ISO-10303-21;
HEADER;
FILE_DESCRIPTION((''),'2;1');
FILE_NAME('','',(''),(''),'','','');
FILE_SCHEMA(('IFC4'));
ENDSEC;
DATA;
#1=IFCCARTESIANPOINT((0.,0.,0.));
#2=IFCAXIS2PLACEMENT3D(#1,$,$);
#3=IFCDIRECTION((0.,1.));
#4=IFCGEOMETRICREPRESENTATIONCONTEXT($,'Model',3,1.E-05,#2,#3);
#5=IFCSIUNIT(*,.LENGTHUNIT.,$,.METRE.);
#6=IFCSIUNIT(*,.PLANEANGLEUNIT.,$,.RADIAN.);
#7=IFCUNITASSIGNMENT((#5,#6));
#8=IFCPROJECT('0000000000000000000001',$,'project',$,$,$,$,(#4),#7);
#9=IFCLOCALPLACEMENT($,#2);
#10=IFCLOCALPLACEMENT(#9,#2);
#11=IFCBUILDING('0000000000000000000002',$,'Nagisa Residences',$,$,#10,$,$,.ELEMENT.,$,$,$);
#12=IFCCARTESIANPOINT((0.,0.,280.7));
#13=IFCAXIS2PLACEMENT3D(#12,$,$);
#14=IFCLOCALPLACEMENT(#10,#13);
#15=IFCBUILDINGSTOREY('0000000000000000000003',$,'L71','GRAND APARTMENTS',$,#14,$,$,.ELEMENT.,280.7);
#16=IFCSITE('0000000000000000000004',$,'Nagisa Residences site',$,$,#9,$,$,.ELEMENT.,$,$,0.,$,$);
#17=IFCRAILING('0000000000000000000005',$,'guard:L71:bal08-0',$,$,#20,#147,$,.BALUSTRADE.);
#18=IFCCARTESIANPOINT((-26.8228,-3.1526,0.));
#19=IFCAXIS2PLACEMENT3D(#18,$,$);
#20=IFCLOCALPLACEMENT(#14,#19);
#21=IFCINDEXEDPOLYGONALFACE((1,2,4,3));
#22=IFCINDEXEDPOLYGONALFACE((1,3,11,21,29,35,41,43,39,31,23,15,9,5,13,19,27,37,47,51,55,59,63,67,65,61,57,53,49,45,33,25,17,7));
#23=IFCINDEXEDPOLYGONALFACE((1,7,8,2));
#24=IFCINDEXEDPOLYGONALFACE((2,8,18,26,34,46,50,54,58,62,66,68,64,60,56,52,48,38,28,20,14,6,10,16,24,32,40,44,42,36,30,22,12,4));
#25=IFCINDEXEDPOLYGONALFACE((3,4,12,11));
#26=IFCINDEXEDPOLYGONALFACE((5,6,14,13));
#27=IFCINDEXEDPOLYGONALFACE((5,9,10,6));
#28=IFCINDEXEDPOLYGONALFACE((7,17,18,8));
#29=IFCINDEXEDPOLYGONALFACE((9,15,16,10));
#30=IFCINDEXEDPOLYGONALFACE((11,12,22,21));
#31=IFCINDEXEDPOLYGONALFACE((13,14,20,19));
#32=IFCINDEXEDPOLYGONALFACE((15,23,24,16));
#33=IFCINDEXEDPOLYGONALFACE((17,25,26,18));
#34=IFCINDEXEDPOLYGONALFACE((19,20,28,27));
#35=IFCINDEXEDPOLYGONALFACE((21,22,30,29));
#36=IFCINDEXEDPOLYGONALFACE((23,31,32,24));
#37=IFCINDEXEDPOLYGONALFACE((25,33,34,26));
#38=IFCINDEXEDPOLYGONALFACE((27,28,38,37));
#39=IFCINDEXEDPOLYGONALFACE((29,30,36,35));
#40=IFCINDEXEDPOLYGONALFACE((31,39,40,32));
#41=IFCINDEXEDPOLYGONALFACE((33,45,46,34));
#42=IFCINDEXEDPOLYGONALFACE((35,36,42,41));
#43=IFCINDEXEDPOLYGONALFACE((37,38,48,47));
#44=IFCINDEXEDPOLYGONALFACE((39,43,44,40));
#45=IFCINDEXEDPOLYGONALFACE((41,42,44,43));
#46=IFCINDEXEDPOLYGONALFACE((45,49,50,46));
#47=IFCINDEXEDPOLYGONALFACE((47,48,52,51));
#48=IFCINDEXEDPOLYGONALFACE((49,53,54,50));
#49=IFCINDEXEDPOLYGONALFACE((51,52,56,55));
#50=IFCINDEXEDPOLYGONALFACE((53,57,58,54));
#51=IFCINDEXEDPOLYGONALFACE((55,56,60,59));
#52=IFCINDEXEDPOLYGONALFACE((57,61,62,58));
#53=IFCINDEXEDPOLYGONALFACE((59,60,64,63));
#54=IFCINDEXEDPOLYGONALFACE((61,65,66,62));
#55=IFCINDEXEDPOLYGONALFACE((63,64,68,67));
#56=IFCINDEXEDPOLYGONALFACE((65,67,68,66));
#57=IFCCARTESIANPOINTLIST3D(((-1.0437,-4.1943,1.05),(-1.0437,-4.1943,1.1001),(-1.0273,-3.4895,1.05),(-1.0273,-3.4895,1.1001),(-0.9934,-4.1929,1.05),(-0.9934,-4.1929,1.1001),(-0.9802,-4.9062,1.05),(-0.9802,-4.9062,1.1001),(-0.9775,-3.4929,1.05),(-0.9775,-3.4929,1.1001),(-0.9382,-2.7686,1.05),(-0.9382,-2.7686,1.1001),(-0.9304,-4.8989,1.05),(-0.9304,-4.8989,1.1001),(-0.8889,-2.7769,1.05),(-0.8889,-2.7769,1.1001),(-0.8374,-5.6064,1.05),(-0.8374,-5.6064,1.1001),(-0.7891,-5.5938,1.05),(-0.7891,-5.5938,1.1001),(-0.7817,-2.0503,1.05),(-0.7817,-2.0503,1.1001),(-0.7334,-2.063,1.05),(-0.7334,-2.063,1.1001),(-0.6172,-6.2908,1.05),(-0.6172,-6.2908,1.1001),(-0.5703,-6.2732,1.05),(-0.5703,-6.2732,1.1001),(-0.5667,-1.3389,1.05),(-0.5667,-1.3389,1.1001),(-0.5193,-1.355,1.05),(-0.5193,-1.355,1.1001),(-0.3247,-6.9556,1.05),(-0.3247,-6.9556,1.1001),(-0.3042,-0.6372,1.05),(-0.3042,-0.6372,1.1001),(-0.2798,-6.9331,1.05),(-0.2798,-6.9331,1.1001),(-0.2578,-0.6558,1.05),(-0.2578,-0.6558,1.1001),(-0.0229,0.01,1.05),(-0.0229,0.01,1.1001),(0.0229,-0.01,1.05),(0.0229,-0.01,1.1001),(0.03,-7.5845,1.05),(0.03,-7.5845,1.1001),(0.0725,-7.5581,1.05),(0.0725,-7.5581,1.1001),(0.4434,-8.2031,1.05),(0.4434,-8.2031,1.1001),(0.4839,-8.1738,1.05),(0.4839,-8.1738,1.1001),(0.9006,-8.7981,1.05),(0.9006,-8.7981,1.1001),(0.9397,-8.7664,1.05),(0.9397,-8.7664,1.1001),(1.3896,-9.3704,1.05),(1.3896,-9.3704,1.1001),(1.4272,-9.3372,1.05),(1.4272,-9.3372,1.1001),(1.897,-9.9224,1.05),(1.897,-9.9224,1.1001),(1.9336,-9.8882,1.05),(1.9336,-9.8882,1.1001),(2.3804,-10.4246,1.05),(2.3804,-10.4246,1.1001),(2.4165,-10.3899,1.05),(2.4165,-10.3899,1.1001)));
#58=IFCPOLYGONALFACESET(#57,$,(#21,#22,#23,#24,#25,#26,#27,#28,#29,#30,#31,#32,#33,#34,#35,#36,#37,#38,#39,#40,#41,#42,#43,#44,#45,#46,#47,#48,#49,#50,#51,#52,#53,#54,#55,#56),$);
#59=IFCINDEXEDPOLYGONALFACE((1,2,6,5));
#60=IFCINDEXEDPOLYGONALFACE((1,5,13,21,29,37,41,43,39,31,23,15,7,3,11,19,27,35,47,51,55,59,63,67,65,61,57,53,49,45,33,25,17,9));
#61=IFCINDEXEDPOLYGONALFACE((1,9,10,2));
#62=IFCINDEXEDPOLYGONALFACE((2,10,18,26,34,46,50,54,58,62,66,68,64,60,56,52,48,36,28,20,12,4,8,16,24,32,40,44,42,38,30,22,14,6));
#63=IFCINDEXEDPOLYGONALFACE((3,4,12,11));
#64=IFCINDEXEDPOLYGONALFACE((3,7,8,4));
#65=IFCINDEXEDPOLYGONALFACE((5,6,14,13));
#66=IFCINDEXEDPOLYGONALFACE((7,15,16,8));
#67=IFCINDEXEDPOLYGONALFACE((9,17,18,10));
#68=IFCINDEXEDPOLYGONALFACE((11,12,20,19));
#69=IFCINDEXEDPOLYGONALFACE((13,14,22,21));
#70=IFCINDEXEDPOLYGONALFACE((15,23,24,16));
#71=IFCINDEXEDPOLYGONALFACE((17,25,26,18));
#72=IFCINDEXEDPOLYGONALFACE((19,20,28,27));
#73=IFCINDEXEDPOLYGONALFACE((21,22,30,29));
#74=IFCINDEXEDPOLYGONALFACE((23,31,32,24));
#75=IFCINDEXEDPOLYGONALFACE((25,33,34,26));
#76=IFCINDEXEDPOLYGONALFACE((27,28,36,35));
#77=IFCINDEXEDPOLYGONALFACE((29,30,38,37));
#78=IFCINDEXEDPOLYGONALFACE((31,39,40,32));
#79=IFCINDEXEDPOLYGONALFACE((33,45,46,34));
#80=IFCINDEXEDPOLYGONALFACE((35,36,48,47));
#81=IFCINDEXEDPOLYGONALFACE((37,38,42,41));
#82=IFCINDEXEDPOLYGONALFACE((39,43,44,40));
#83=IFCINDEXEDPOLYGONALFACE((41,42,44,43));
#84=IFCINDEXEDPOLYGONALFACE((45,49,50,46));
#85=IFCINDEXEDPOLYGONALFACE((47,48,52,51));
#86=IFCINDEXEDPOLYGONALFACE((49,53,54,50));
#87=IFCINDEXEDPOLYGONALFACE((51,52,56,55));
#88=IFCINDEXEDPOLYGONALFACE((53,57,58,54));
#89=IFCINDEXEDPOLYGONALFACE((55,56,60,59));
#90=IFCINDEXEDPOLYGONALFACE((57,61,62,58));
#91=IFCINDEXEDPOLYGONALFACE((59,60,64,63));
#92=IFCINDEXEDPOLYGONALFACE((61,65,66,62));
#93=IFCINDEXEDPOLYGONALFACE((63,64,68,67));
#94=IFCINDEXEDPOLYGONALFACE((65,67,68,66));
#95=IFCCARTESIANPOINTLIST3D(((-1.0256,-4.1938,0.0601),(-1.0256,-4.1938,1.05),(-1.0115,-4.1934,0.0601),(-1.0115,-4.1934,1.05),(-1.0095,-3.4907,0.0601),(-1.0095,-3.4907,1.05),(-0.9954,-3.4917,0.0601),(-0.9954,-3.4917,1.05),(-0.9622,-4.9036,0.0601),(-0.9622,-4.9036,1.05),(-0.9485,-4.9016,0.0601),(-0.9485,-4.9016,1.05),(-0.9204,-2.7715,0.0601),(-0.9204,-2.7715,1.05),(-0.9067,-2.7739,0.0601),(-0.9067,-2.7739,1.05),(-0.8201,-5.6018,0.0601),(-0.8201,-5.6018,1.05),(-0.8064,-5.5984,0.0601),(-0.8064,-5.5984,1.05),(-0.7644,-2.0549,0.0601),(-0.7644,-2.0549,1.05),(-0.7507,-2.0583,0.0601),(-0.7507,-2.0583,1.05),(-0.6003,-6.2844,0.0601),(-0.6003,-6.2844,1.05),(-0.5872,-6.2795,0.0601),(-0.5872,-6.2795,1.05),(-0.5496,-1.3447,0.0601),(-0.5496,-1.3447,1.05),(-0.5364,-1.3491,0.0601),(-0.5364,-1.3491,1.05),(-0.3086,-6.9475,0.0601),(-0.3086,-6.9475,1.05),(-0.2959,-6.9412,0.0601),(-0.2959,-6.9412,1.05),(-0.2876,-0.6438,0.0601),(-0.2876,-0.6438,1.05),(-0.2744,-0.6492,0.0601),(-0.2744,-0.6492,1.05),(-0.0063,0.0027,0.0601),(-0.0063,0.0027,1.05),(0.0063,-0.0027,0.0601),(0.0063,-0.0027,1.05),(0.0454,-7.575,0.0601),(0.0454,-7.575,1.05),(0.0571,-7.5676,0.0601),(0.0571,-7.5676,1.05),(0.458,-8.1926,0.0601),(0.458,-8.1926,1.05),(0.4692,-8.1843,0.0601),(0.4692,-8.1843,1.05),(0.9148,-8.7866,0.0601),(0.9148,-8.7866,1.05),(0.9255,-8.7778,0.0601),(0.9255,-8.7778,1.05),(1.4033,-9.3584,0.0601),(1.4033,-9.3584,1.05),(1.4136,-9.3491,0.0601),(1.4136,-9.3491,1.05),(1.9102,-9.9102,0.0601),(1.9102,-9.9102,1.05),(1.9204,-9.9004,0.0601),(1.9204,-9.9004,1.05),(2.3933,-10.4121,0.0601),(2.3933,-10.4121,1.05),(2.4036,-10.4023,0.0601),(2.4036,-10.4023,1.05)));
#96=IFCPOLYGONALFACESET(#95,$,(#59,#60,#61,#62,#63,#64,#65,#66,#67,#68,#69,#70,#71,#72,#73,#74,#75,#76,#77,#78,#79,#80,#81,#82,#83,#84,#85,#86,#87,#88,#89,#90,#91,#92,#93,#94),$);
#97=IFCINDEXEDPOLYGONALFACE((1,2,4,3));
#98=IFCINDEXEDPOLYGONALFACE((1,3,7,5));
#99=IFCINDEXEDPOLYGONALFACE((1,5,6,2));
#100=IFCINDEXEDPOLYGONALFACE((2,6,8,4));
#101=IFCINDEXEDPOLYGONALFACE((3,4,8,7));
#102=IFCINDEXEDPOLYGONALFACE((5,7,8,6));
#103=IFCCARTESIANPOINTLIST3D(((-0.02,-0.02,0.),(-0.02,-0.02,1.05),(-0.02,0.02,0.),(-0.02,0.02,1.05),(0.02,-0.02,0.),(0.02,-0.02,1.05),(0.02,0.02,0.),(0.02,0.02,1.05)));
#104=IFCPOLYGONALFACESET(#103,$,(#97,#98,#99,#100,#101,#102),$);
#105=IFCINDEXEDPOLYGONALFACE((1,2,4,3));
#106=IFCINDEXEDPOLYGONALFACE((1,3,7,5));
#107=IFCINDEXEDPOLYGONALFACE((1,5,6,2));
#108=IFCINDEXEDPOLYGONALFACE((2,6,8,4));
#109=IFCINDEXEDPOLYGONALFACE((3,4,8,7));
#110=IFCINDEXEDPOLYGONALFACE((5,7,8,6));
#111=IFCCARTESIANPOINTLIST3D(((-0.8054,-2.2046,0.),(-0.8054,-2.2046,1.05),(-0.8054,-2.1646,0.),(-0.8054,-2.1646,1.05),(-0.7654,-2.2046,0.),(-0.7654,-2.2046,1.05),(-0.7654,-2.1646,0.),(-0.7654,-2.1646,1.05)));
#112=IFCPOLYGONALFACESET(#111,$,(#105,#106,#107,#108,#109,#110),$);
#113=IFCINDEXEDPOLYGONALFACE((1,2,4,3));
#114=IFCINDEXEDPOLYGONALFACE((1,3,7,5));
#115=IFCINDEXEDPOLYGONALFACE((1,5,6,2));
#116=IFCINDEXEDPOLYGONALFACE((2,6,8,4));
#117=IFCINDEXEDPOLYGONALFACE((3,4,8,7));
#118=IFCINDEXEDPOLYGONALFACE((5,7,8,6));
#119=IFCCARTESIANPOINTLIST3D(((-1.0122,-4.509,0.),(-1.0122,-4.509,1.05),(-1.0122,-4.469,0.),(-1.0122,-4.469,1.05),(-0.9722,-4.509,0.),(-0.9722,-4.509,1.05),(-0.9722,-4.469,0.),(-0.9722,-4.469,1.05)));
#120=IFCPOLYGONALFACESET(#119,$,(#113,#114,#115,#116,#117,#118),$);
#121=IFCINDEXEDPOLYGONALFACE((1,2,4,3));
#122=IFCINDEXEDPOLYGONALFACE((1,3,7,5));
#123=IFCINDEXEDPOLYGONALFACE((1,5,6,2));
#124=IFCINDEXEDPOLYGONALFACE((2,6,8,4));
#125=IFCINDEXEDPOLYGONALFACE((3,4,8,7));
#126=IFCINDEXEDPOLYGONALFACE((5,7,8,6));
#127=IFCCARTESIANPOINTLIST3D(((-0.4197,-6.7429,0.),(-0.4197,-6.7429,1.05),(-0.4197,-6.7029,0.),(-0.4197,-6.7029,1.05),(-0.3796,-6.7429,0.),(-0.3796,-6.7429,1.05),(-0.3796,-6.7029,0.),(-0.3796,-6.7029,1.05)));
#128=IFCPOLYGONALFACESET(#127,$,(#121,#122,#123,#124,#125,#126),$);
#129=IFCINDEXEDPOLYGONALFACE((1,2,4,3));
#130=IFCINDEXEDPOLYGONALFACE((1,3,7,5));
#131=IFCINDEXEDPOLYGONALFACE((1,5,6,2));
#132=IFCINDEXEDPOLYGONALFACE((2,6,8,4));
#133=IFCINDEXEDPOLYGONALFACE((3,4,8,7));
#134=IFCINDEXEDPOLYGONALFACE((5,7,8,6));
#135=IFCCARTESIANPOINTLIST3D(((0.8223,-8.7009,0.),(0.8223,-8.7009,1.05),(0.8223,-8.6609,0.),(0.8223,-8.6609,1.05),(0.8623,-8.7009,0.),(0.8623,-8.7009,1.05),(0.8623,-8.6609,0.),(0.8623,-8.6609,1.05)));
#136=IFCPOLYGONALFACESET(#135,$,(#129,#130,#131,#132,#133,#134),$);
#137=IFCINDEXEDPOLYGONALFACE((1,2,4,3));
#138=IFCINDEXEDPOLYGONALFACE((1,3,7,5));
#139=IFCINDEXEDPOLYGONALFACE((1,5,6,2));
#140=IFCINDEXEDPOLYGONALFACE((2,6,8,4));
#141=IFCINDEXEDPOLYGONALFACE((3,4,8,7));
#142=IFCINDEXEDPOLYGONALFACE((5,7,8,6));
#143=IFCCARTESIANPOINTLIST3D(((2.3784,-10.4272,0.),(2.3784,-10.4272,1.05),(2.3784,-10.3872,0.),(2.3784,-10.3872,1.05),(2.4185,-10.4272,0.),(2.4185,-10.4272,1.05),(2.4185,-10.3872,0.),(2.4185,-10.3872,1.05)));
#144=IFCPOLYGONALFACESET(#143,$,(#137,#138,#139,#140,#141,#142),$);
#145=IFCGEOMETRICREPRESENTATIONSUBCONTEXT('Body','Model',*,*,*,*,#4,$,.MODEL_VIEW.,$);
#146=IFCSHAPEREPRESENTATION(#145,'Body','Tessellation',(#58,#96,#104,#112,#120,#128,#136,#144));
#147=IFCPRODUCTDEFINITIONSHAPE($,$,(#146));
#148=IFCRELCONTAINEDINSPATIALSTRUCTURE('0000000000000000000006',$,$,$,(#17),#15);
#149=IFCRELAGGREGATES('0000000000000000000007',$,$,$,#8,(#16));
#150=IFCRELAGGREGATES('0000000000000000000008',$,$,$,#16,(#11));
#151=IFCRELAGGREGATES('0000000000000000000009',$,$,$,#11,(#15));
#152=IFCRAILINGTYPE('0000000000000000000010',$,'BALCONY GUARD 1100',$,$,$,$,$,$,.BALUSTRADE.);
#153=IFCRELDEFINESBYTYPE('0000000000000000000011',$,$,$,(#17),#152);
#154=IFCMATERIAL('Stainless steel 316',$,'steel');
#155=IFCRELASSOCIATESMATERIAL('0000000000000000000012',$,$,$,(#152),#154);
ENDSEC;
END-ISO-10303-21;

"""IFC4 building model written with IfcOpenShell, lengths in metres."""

from ifc_helpers import new_model, si_unit, direction, frame, origin, origin_2d, place, context, subcontext, project, spatial, polyline, rectangle, outline, extrude, material, type_object, element, save


model = new_model("IFC4")

# Units and contexts
model_context = context("Model", 3, precision=1e-05, world=origin(), true_north=direction((0.0, 1.0)))
body_context = subcontext(model_context, "Body", "Model", "MODEL_VIEW")
ifc_project = project(units=[si_unit("LENGTHUNIT", "METRE"), si_unit("PLANEANGLEUNIT", "RADIAN")], contexts=[model_context])

# Site, building, storey
site_placement = place(None, origin())
site = spatial("IfcSite", under=ifc_project, at=site_placement, Name="Nagisa Residences site", CompositionType="ELEMENT", RefElevation=0.0)
building_placement = place(site_placement, origin())
building = spatial("IfcBuilding", under=site, at=building_placement, Name="Nagisa Residences", CompositionType="ELEMENT")
storey_placement = place(building_placement, frame((0.0, 0.0, 280.7)))
storey = spatial("IfcBuildingStorey", under=building, at=storey_placement, Name="L71", Description="GRAND APARTMENTS", CompositionType="ELEMENT", Elevation=280.7)

# Railing
ifc_material_1 = material(Name="Stainless steel 316", Category="steel")
railing_type = type_object("IfcRailingType", Name="BALCONY GUARD 1100", PredefinedType="BALUSTRADE", material=ifc_material_1)
railing_1_placement = place(storey_placement, frame((-26.8228, -3.1526, 0.0)))
element("IfcRailing", 1, at=railing_1_placement, inside=storey, type_object=railing_type, Name="guard:L71:bal08-0", PredefinedType="BALUSTRADE", context=body_context, shape_type="SweptSolid", body=[
    extrude(outline(polyline([(-0.2578, -0.6558), (0.0229, -0.01), (-0.0229, 0.01), (-0.3042, -0.6372), (-0.5667, -1.3389), (-0.7817, -2.0503), (-0.9382, -2.7686), (-1.0273, -3.4895), (-1.0437, -4.1943), (-0.9802, -4.9062), (-0.8374, -5.6064), (-0.6172, -6.2908), (-0.3247, -6.9556), (0.03, -7.5845), (0.4434, -8.2031), (0.9006, -8.7981), (1.3896, -9.3704), (1.897, -9.9224), (2.3804, -10.4246), (2.4165, -10.3899), (1.9336, -9.8882), (1.4272, -9.3372), (0.9397, -8.7664), (0.4839, -8.1738), (0.0725, -7.5581), (-0.2798, -6.9331), (-0.5703, -6.2732), (-0.7891, -5.5938), (-0.9304, -4.8989), (-0.9934, -4.1929), (-0.9775, -3.4929), (-0.8889, -2.7769), (-0.7334, -2.063), (-0.5193, -1.355), (-0.2578, -0.6558)])), frame((0.0, 0.0, 1.05)), (0.0, 0.0, 1.0), 0.05),
    extrude(outline(polyline([(-0.2744, -0.6492), (0.0063, -0.0027), (-0.0063, 0.0027), (-0.2876, -0.6438), (-0.5496, -1.3447), (-0.7644, -2.0549), (-0.9204, -2.7715), (-1.0095, -3.4907), (-1.0256, -4.1938), (-0.9622, -4.9036), (-0.8201, -5.6018), (-0.6003, -6.2844), (-0.3086, -6.9475), (0.0454, -7.575), (0.458, -8.1926), (0.9148, -8.7866), (1.4033, -9.3584), (1.9102, -9.9102), (2.3933, -10.4121), (2.4036, -10.4023), (1.9204, -9.9004), (1.4136, -9.3491), (0.9255, -8.7778), (0.4692, -8.1843), (0.0571, -7.5676), (-0.2959, -6.9412), (-0.5872, -6.2795), (-0.8064, -5.5984), (-0.9485, -4.9016), (-1.0115, -4.1934), (-0.9954, -3.4917), (-0.9067, -2.7739), (-0.7507, -2.0583), (-0.5364, -1.3491), (-0.2744, -0.6492)])), frame((0.0, 0.0, 0.0601)), (0.0, 0.0, 1.0), 0.99),
    extrude(rectangle(XDim=0.04, YDim=0.04, at=origin_2d()), origin(), (0.0, 0.0, 1.0), 1.05),
    extrude(rectangle(XDim=0.04, YDim=0.04, at=origin_2d()), frame((-0.7854, -2.1846, 0.0)), (0.0, 0.0, 1.0), 1.05),
    extrude(rectangle(XDim=0.04, YDim=0.04, at=origin_2d()), frame((-0.9922, -4.489, 0.0)), (0.0, 0.0, 1.0), 1.05),
    extrude(rectangle(XDim=0.04, YDim=0.04, at=origin_2d()), frame((-0.3997, -6.7229, 0.0)), (0.0, 0.0, 1.0), 1.05),
    extrude(rectangle(XDim=0.04, YDim=0.04, at=origin_2d()), frame((0.8423, -8.6809, 0.0)), (0.0, 0.0, 1.0), 1.05),
    extrude(rectangle(XDim=0.04, YDim=0.04, at=origin_2d()), frame((2.3984, -10.4072, 0.0)), (0.0, 0.0, 1.0), 1.05),
])

save(model, "model.ifc")
